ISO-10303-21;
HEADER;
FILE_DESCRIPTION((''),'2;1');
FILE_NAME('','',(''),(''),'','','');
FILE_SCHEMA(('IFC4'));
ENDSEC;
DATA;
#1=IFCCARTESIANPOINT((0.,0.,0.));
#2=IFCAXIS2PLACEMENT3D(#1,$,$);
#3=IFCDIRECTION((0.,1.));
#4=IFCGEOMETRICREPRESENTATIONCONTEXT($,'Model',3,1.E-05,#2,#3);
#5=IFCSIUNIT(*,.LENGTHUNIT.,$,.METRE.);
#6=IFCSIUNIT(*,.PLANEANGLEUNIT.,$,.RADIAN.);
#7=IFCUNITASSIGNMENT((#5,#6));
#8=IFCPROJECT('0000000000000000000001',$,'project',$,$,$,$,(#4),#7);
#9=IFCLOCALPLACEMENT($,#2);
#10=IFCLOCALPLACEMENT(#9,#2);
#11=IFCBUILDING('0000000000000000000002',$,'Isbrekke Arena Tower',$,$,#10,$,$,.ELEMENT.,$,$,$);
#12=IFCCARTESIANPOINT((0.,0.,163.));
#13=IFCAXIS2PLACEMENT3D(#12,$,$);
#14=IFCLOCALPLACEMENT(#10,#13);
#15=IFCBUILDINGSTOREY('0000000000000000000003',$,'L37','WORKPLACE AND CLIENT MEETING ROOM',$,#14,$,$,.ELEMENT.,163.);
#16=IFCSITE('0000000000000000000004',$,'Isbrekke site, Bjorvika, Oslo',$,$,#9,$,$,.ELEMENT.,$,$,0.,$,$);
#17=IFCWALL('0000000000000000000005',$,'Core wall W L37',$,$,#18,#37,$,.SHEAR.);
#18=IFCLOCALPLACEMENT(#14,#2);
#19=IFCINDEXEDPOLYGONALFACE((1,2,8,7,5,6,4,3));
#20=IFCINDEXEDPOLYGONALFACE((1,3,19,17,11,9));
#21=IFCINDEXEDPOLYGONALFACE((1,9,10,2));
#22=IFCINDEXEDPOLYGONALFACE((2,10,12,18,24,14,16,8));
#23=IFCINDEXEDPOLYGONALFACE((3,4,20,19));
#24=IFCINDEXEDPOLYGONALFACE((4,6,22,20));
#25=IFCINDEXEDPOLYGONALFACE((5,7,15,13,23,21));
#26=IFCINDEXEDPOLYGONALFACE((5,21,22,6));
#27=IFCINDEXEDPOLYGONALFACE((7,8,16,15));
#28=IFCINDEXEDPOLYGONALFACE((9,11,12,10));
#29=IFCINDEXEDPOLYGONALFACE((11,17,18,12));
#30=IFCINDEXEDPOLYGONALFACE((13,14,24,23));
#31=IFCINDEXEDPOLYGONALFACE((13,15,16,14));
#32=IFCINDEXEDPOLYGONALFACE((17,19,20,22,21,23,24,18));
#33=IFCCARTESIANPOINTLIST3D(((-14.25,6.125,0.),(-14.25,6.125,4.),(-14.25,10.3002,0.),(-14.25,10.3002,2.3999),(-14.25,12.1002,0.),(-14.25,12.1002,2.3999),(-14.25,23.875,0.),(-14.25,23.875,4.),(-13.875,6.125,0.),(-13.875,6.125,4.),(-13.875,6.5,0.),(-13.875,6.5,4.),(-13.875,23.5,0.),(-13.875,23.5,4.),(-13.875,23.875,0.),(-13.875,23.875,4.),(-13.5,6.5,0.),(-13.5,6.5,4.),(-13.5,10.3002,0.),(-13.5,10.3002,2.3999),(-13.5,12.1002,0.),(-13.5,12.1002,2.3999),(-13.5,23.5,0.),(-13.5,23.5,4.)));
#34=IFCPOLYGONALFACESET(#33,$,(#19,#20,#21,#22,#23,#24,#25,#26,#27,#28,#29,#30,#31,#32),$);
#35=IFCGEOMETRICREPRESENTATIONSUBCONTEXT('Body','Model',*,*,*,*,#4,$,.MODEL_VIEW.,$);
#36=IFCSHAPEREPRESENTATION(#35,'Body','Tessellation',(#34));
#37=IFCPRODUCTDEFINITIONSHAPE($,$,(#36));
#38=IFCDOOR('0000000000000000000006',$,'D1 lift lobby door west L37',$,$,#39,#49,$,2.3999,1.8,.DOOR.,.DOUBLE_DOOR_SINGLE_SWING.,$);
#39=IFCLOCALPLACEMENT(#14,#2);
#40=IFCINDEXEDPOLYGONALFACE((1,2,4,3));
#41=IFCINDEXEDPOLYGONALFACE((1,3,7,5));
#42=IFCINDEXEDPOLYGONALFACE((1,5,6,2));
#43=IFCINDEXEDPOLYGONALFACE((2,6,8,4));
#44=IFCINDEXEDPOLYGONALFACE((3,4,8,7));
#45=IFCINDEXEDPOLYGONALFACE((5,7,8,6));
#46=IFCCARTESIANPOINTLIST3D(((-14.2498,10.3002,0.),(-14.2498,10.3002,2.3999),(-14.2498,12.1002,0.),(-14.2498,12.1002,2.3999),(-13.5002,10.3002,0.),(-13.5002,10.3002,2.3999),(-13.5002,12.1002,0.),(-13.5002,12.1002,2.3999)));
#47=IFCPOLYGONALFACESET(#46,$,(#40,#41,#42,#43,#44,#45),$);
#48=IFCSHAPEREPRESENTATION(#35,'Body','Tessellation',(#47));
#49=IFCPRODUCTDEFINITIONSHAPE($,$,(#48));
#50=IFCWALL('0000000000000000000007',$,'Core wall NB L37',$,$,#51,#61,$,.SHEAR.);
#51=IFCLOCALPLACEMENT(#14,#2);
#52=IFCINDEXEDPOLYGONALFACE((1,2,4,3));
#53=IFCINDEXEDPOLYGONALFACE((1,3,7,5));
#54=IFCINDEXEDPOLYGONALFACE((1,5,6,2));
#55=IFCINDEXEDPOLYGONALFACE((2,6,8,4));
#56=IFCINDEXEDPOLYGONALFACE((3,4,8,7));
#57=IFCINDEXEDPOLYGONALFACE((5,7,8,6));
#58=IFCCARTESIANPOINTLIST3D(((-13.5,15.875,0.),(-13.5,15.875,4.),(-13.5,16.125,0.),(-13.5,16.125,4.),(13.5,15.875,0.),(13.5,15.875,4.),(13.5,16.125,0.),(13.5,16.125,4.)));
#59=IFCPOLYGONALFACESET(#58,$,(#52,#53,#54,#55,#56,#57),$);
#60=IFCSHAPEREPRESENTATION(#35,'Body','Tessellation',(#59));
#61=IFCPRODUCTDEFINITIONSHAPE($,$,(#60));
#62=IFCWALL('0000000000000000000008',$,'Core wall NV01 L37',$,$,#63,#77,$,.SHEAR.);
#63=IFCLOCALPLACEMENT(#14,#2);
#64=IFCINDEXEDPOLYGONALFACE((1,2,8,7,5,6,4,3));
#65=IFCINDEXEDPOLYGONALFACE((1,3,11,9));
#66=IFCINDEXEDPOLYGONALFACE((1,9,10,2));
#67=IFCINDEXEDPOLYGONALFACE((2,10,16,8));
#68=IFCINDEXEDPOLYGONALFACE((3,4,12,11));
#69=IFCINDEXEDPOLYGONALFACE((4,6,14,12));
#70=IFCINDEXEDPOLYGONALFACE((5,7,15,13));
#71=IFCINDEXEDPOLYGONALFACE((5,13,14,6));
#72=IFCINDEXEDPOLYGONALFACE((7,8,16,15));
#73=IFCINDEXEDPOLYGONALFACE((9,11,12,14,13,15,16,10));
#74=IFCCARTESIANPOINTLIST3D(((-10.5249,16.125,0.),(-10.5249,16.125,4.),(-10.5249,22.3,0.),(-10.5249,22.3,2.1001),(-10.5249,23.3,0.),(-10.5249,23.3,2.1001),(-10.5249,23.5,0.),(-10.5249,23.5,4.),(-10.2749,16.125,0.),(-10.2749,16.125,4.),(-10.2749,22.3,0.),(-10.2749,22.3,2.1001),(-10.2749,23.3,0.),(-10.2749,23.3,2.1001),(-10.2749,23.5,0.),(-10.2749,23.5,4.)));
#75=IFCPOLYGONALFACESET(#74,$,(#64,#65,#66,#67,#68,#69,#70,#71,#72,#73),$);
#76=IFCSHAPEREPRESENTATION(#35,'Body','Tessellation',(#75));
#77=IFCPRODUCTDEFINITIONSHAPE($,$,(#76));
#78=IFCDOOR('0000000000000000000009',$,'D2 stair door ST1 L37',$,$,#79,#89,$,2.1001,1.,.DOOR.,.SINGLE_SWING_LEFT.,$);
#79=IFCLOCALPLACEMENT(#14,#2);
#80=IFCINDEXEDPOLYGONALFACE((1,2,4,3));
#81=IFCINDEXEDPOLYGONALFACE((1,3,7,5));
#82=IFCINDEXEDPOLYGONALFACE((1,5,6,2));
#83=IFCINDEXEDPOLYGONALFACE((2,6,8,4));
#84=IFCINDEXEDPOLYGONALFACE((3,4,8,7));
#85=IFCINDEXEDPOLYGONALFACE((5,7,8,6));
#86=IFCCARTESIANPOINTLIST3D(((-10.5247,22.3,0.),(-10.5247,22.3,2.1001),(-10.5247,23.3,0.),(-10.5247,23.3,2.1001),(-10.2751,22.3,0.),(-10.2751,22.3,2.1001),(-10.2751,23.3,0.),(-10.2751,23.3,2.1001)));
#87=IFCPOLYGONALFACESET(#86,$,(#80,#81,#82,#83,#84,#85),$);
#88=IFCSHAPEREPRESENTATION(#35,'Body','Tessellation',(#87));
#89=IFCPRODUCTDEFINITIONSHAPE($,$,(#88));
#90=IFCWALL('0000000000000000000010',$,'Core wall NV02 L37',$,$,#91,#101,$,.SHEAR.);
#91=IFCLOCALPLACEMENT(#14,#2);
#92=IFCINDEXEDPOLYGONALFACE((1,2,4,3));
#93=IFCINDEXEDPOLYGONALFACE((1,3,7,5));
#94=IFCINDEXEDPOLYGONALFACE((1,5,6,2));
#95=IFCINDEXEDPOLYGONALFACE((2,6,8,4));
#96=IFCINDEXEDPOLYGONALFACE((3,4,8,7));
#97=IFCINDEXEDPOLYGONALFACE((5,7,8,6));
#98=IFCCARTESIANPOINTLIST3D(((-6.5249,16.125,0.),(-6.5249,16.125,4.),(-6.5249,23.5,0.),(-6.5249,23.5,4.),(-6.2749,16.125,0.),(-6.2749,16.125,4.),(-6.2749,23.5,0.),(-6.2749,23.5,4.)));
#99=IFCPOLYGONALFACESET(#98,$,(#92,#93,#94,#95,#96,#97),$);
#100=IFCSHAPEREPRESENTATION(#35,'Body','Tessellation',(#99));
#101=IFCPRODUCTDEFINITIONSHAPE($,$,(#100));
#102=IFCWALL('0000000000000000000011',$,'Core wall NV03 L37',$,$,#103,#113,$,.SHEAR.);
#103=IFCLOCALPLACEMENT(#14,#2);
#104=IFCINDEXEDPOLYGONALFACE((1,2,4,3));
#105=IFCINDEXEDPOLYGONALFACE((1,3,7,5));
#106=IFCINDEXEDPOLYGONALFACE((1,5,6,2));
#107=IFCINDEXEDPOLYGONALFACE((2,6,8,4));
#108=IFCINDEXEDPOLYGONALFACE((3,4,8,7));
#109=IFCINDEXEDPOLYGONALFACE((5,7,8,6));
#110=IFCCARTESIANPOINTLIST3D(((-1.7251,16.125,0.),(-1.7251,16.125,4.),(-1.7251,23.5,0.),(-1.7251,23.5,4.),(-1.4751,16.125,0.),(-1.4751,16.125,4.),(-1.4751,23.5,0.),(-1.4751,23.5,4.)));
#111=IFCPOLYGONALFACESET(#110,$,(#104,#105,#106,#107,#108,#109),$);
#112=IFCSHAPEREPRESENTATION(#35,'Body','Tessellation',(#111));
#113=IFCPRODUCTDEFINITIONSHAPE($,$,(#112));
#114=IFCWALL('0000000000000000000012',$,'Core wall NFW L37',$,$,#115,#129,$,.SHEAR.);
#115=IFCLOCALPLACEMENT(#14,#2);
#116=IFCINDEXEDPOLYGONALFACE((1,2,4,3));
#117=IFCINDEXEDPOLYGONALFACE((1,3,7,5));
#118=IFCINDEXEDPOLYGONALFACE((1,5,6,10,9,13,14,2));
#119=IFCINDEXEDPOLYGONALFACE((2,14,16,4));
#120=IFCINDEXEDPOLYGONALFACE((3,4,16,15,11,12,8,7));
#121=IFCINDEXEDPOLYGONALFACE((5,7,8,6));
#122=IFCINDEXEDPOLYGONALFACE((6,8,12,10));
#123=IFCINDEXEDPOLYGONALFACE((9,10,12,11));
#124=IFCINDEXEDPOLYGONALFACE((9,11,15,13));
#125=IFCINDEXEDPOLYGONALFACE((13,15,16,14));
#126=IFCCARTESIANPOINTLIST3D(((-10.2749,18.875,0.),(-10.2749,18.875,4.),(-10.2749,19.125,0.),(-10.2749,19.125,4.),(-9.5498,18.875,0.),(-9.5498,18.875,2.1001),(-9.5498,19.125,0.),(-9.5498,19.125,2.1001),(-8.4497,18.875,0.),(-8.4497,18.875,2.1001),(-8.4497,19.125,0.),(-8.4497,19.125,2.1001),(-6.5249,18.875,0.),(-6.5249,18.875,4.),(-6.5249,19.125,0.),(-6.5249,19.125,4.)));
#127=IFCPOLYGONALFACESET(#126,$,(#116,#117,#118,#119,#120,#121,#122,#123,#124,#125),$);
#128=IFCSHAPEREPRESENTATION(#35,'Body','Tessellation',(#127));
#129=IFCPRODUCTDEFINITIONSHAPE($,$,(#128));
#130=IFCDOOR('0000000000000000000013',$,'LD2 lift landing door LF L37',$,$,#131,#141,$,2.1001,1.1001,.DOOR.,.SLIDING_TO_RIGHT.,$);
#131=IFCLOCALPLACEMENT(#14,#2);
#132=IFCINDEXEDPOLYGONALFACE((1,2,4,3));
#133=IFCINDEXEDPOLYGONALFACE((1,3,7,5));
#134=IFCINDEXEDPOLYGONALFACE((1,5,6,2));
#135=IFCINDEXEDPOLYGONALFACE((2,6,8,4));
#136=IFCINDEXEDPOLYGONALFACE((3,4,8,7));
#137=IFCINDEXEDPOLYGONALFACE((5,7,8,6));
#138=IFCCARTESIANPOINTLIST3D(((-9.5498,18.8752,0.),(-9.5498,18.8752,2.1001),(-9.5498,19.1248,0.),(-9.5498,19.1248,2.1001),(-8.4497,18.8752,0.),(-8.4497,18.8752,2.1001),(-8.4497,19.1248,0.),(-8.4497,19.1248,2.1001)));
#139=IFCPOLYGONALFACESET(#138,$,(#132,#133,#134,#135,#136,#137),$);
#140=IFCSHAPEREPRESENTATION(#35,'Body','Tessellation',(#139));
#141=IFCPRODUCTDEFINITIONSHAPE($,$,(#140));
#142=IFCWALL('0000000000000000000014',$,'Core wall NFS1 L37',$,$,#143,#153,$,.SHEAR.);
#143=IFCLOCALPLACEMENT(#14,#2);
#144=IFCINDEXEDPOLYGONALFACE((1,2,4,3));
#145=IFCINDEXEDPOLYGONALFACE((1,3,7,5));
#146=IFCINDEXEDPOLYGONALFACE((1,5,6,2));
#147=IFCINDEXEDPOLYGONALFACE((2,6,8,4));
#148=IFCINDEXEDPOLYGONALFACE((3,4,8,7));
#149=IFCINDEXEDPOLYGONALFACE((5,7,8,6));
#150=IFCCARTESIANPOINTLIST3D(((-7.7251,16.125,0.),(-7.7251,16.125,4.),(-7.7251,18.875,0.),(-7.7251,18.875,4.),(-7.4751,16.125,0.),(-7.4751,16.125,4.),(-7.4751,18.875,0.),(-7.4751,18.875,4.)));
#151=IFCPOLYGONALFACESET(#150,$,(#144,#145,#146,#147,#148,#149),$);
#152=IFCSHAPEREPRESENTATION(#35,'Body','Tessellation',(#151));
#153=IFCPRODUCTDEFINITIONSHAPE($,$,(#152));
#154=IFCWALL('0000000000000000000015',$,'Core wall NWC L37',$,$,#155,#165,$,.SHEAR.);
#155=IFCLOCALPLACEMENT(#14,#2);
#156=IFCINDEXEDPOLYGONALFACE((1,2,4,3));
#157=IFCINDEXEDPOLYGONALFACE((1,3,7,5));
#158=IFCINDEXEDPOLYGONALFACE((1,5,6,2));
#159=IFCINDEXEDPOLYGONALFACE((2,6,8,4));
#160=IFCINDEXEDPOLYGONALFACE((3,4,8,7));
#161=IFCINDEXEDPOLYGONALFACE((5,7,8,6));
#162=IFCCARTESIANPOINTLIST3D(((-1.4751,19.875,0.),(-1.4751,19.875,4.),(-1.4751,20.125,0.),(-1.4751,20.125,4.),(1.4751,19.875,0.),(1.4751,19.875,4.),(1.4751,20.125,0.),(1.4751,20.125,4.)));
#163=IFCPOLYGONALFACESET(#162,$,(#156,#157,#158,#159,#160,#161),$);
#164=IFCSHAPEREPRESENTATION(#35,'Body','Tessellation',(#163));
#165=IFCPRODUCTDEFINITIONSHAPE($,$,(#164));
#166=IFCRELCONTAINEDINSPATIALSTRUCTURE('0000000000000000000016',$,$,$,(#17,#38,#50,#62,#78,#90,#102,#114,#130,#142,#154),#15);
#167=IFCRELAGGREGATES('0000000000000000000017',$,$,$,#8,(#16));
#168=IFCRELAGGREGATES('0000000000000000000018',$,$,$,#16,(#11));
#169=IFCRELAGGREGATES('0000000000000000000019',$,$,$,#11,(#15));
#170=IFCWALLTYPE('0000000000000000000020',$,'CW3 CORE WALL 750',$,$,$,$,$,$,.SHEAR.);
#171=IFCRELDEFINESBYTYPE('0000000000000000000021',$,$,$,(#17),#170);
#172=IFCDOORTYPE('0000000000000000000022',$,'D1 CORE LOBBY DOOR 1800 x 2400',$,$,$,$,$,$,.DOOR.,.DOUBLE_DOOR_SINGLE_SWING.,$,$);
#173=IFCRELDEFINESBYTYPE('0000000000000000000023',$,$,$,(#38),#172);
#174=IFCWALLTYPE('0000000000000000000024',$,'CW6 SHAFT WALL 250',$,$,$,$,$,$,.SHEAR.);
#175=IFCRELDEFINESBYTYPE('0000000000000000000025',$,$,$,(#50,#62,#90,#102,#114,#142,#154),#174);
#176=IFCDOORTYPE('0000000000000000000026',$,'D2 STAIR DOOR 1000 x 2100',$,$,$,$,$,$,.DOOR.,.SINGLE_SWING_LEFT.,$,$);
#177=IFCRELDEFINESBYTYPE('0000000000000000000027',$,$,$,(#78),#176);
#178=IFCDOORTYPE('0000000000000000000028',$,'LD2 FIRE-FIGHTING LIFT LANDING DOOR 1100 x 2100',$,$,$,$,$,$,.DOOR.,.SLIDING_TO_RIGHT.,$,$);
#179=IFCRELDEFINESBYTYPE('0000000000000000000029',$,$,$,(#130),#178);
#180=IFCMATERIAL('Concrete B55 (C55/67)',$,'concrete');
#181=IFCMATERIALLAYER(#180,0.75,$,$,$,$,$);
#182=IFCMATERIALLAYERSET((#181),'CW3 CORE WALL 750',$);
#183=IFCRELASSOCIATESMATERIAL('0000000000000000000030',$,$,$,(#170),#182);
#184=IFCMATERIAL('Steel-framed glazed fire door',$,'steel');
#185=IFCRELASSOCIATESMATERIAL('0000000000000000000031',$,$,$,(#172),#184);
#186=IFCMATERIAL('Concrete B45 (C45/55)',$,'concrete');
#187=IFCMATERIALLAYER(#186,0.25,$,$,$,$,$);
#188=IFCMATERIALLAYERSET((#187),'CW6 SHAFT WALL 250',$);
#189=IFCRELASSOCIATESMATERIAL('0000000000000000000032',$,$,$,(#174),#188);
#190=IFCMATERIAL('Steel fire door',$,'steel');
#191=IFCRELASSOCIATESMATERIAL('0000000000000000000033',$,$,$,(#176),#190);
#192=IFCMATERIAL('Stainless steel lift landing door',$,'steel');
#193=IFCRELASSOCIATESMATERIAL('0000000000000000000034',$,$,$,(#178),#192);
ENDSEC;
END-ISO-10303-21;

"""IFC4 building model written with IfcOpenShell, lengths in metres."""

from ifc_helpers import new_model, si_unit, direction, frame, frame_2d, origin, place, context, subcontext, project, spatial, polyline, rectangle, outline, extrude, material, layer, layer_set, type_object, element, fill, save


model = new_model("IFC4")

# Units and contexts
model_context = context("Model", 3, precision=1e-05, world=origin(), true_north=direction((0.0, 1.0)))
body_context = subcontext(model_context, "Body", "Model", "MODEL_VIEW")
ifc_project = project(units=[si_unit("LENGTHUNIT", "METRE"), si_unit("PLANEANGLEUNIT", "RADIAN")], contexts=[model_context])

# Site, building, storey
site_placement = place(None, origin())
site = spatial("IfcSite", under=ifc_project, at=site_placement, Name="Isbrekke site, Bjorvika, Oslo", CompositionType="ELEMENT", RefElevation=0.0)
building_placement = place(site_placement, origin())
building = spatial("IfcBuilding", under=site, at=building_placement, Name="Isbrekke Arena Tower", CompositionType="ELEMENT")
storey_placement = place(building_placement, frame((0.0, 0.0, 163.0)))
storey = spatial("IfcBuildingStorey", under=building, at=storey_placement, Name="L37", Description="WORKPLACE AND CLIENT MEETING ROOM", CompositionType="ELEMENT", Elevation=163.0)

# Wall, opening, door
ifc_material_1 = material(Name="Concrete B55 (C55/67)", Category="concrete")
ifc_layer_1 = layer(ifc_material_1, 0.75)
ifc_layer_set_1 = layer_set([ifc_layer_1], Name="CW3 CORE WALL 750")
wall_type_1 = type_object("IfcWallType", Name="CW3 CORE WALL 750", PredefinedType="SHEAR", material=ifc_layer_set_1)
wall_1_placement = place(storey_placement, frame((-13.875, 23.875, 0.0), z_axis=(0.0, 0.0, 1.0), x_axis=(0.0, -1.0, 0.0)))
wall_1 = element("IfcWall", 1, at=wall_1_placement, inside=storey, type_object=wall_type_1, Name="Core wall W L37", PredefinedType="SHEAR", context=body_context, shape_type="SweptSolid", body=[
    extrude(outline(polyline([(0.0, -0.375), (17.75, -0.375), (17.75, 0.0), (17.375, 0.0), (17.375, 0.375), (0.375, 0.375), (0.375, 0.0), (0.0, 0.0), (0.0, -0.375)])), origin(), (0.0, 0.0, 1.0), 4.0),
])
opening_1_placement = place(wall_1_placement, frame((11.7749, 0.0, 0.0)))
opening_1 = element("IfcOpeningElement", 2, at=opening_1_placement, cuts=wall_1, PredefinedType="OPENING", context=body_context, shape_type="SweptSolid", body=[
    extrude(rectangle(XDim=1.8, YDim=2.3999, at=frame_2d((0.8999, 1.2))), frame((0.0, 0.3899, 0.0), z_axis=(0.0, -1.0, 0.0), x_axis=(1.0, 0.0, 0.0)), (0.0, 0.0, 1.0), 0.7798),
])
ifc_material_2 = material(Name="Steel-framed glazed fire door", Category="steel")
door_type_1 = type_object("IfcDoorType", Name="D1 CORE LOBBY DOOR 1800 x 2400", OperationType="DOUBLE_DOOR_SINGLE_SWING", PredefinedType="DOOR", material=ifc_material_2)
door_1_placement = place(opening_1_placement, origin())
door_1 = element("IfcDoor", 3, at=door_1_placement, inside=storey, type_object=door_type_1, Name="D1 lift lobby door west L37", OperationType="DOUBLE_DOOR_SINGLE_SWING", OverallHeight=2.3999, OverallWidth=1.8, PredefinedType="DOOR", context=body_context, shape_type="SweptSolid", body=[
    extrude(rectangle(XDim=1.8, YDim=2.3999, at=frame_2d((0.8999, 1.2))), frame((0.0, 0.3748, 0.0), z_axis=(0.0, -1.0, 0.0), x_axis=(1.0, 0.0, 0.0)), (0.0, 0.0, 1.0), 0.7495),
])
fill(opening_1, door_1)

# Wall
ifc_material_3 = material(Name="Concrete B45 (C45/55)", Category="concrete")
ifc_layer_2 = layer(ifc_material_3, 0.25)
ifc_layer_set_2 = layer_set([ifc_layer_2], Name="CW6 SHAFT WALL 250")
wall_type_2 = type_object("IfcWallType", Name="CW6 SHAFT WALL 250", PredefinedType="SHEAR", material=ifc_layer_set_2)
wall_2_placement = place(storey_placement, frame((-13.5, 16.0, 0.0), z_axis=(0.0, 0.0, 1.0), x_axis=(1.0, 0.0, 0.0)))
element("IfcWall", 4, at=wall_2_placement, inside=storey, type_object=wall_type_2, Name="Core wall NB L37", PredefinedType="SHEAR", context=body_context, shape_type="SweptSolid", body=[
    extrude(rectangle(XDim=27.0, YDim=0.25, at=frame_2d((13.5, 0.0))), origin(), (0.0, 0.0, 1.0), 4.0),
])

# Wall, opening, door
wall_3_placement = place(storey_placement, frame((-10.3999, 16.125, 0.0), z_axis=(0.0, 0.0, 1.0), x_axis=(0.0, 1.0, 0.0)))
wall_3 = element("IfcWall", 5, at=wall_3_placement, inside=storey, type_object=wall_type_2, Name="Core wall NV01 L37", PredefinedType="SHEAR", context=body_context, shape_type="SweptSolid", body=[
    extrude(rectangle(XDim=7.375, YDim=0.25, at=frame_2d((3.6875, 0.0))), origin(), (0.0, 0.0, 1.0), 4.0),
])
opening_2_placement = place(wall_3_placement, frame((6.175, 0.0, 0.0)))
opening_2 = element("IfcOpeningElement", 6, at=opening_2_placement, cuts=wall_3, PredefinedType="OPENING", context=body_context, shape_type="SweptSolid", body=[
    extrude(rectangle(XDim=1.0, YDim=2.1001, at=frame_2d((0.5, 1.05))), frame((0.0, 0.1399, 0.0), z_axis=(0.0, -1.0, 0.0), x_axis=(1.0, 0.0, 0.0)), (0.0, 0.0, 1.0), 0.2798),
])
ifc_material_4 = material(Name="Steel fire door", Category="steel")
door_type_2 = type_object("IfcDoorType", Name="D2 STAIR DOOR 1000 x 2100", OperationType="SINGLE_SWING_LEFT", PredefinedType="DOOR", material=ifc_material_4)
door_2_placement = place(opening_2_placement, origin())
door_2 = element("IfcDoor", 7, at=door_2_placement, inside=storey, type_object=door_type_2, Name="D2 stair door ST1 L37", OperationType="SINGLE_SWING_LEFT", OverallHeight=2.1001, OverallWidth=1.0, PredefinedType="DOOR", context=body_context, shape_type="SweptSolid", body=[
    extrude(rectangle(XDim=1.0, YDim=2.1001, at=frame_2d((0.5, 1.05))), frame((0.0, 0.1248, 0.0), z_axis=(0.0, -1.0, 0.0), x_axis=(1.0, 0.0, 0.0)), (0.0, 0.0, 1.0), 0.2495),
])
fill(opening_2, door_2)

# Walls
for number, where, z_axis, x_axis, name in (
    (8, (-6.3999, 16.125, 0.0), (0.0, 0.0, 1.0), (0.0, 1.0, 0.0), "Core wall NV02 L37"),
    (9, (-1.6001, 16.125, 0.0), (0.0, 0.0, 1.0), (0.0, 1.0, 0.0), "Core wall NV03 L37"),
):
    element("IfcWall", number, at=place(storey_placement, frame(where, z_axis=z_axis, x_axis=x_axis)), inside=storey, type_object=wall_type_2, Name=name, PredefinedType="SHEAR", context=body_context, shape_type="SweptSolid", body=[
        extrude(rectangle(XDim=7.375, YDim=0.25, at=frame_2d((3.6875, 0.0))), origin(), (0.0, 0.0, 1.0), 4.0),
    ])

# Wall, opening, door
wall_4_placement = place(storey_placement, frame((-10.2749, 19.0, 0.0), z_axis=(0.0, 0.0, 1.0), x_axis=(1.0, 0.0, 0.0)))
wall_4 = element("IfcWall", 10, at=wall_4_placement, inside=storey, type_object=wall_type_2, Name="Core wall NFW L37", PredefinedType="SHEAR", context=body_context, shape_type="SweptSolid", body=[
    extrude(rectangle(XDim=3.75, YDim=0.25, at=frame_2d((1.875, 0.0))), origin(), (0.0, 0.0, 1.0), 4.0),
])
opening_3_placement = place(wall_4_placement, frame((0.7251, 0.0, 0.0)))
opening_3 = element("IfcOpeningElement", 11, at=opening_3_placement, cuts=wall_4, PredefinedType="OPENING", context=body_context, shape_type="SweptSolid", body=[
    extrude(rectangle(XDim=1.1001, YDim=2.1001, at=frame_2d((0.55, 1.05))), frame((0.0, 0.1399, 0.0), z_axis=(0.0, -1.0, 0.0), x_axis=(1.0, 0.0, 0.0)), (0.0, 0.0, 1.0), 0.2798),
])
ifc_material_5 = material(Name="Stainless steel lift landing door", Category="steel")
door_type_3 = type_object("IfcDoorType", Name="LD2 FIRE-FIGHTING LIFT LANDING DOOR 1100 x 2100", OperationType="SLIDING_TO_RIGHT", PredefinedType="DOOR", material=ifc_material_5)
door_3_placement = place(opening_3_placement, origin())
door_3 = element("IfcDoor", 12, at=door_3_placement, inside=storey, type_object=door_type_3, Name="LD2 lift landing door LF L37", OperationType="SLIDING_TO_RIGHT", OverallHeight=2.1001, OverallWidth=1.1001, PredefinedType="DOOR", context=body_context, shape_type="SweptSolid", body=[
    extrude(rectangle(XDim=1.1001, YDim=2.1001, at=frame_2d((0.55, 1.05))), frame((0.0, 0.1248, 0.0), z_axis=(0.0, -1.0, 0.0), x_axis=(1.0, 0.0, 0.0)), (0.0, 0.0, 1.0), 0.2495),
])
fill(opening_3, door_3)

# Walls
wall_5_placement = place(storey_placement, frame((-7.6001, 16.125, 0.0), z_axis=(0.0, 0.0, 1.0), x_axis=(0.0, 1.0, 0.0)))
element("IfcWall", 13, at=wall_5_placement, inside=storey, type_object=wall_type_2, Name="Core wall NFS1 L37", PredefinedType="SHEAR", context=body_context, shape_type="SweptSolid", body=[
    extrude(rectangle(XDim=2.75, YDim=0.25, at=frame_2d((1.375, 0.0))), origin(), (0.0, 0.0, 1.0), 4.0),
])
wall_6_placement = place(storey_placement, frame((-1.4751, 20.0, 0.0), z_axis=(0.0, 0.0, 1.0), x_axis=(1.0, 0.0, 0.0)))
element("IfcWall", 14, at=wall_6_placement, inside=storey, type_object=wall_type_2, Name="Core wall NWC L37", PredefinedType="SHEAR", context=body_context, shape_type="SweptSolid", body=[
    extrude(rectangle(XDim=2.9502, YDim=0.25, at=frame_2d((1.4751, 0.0))), origin(), (0.0, 0.0, 1.0), 4.0),
])

save(model, "model.ifc")
